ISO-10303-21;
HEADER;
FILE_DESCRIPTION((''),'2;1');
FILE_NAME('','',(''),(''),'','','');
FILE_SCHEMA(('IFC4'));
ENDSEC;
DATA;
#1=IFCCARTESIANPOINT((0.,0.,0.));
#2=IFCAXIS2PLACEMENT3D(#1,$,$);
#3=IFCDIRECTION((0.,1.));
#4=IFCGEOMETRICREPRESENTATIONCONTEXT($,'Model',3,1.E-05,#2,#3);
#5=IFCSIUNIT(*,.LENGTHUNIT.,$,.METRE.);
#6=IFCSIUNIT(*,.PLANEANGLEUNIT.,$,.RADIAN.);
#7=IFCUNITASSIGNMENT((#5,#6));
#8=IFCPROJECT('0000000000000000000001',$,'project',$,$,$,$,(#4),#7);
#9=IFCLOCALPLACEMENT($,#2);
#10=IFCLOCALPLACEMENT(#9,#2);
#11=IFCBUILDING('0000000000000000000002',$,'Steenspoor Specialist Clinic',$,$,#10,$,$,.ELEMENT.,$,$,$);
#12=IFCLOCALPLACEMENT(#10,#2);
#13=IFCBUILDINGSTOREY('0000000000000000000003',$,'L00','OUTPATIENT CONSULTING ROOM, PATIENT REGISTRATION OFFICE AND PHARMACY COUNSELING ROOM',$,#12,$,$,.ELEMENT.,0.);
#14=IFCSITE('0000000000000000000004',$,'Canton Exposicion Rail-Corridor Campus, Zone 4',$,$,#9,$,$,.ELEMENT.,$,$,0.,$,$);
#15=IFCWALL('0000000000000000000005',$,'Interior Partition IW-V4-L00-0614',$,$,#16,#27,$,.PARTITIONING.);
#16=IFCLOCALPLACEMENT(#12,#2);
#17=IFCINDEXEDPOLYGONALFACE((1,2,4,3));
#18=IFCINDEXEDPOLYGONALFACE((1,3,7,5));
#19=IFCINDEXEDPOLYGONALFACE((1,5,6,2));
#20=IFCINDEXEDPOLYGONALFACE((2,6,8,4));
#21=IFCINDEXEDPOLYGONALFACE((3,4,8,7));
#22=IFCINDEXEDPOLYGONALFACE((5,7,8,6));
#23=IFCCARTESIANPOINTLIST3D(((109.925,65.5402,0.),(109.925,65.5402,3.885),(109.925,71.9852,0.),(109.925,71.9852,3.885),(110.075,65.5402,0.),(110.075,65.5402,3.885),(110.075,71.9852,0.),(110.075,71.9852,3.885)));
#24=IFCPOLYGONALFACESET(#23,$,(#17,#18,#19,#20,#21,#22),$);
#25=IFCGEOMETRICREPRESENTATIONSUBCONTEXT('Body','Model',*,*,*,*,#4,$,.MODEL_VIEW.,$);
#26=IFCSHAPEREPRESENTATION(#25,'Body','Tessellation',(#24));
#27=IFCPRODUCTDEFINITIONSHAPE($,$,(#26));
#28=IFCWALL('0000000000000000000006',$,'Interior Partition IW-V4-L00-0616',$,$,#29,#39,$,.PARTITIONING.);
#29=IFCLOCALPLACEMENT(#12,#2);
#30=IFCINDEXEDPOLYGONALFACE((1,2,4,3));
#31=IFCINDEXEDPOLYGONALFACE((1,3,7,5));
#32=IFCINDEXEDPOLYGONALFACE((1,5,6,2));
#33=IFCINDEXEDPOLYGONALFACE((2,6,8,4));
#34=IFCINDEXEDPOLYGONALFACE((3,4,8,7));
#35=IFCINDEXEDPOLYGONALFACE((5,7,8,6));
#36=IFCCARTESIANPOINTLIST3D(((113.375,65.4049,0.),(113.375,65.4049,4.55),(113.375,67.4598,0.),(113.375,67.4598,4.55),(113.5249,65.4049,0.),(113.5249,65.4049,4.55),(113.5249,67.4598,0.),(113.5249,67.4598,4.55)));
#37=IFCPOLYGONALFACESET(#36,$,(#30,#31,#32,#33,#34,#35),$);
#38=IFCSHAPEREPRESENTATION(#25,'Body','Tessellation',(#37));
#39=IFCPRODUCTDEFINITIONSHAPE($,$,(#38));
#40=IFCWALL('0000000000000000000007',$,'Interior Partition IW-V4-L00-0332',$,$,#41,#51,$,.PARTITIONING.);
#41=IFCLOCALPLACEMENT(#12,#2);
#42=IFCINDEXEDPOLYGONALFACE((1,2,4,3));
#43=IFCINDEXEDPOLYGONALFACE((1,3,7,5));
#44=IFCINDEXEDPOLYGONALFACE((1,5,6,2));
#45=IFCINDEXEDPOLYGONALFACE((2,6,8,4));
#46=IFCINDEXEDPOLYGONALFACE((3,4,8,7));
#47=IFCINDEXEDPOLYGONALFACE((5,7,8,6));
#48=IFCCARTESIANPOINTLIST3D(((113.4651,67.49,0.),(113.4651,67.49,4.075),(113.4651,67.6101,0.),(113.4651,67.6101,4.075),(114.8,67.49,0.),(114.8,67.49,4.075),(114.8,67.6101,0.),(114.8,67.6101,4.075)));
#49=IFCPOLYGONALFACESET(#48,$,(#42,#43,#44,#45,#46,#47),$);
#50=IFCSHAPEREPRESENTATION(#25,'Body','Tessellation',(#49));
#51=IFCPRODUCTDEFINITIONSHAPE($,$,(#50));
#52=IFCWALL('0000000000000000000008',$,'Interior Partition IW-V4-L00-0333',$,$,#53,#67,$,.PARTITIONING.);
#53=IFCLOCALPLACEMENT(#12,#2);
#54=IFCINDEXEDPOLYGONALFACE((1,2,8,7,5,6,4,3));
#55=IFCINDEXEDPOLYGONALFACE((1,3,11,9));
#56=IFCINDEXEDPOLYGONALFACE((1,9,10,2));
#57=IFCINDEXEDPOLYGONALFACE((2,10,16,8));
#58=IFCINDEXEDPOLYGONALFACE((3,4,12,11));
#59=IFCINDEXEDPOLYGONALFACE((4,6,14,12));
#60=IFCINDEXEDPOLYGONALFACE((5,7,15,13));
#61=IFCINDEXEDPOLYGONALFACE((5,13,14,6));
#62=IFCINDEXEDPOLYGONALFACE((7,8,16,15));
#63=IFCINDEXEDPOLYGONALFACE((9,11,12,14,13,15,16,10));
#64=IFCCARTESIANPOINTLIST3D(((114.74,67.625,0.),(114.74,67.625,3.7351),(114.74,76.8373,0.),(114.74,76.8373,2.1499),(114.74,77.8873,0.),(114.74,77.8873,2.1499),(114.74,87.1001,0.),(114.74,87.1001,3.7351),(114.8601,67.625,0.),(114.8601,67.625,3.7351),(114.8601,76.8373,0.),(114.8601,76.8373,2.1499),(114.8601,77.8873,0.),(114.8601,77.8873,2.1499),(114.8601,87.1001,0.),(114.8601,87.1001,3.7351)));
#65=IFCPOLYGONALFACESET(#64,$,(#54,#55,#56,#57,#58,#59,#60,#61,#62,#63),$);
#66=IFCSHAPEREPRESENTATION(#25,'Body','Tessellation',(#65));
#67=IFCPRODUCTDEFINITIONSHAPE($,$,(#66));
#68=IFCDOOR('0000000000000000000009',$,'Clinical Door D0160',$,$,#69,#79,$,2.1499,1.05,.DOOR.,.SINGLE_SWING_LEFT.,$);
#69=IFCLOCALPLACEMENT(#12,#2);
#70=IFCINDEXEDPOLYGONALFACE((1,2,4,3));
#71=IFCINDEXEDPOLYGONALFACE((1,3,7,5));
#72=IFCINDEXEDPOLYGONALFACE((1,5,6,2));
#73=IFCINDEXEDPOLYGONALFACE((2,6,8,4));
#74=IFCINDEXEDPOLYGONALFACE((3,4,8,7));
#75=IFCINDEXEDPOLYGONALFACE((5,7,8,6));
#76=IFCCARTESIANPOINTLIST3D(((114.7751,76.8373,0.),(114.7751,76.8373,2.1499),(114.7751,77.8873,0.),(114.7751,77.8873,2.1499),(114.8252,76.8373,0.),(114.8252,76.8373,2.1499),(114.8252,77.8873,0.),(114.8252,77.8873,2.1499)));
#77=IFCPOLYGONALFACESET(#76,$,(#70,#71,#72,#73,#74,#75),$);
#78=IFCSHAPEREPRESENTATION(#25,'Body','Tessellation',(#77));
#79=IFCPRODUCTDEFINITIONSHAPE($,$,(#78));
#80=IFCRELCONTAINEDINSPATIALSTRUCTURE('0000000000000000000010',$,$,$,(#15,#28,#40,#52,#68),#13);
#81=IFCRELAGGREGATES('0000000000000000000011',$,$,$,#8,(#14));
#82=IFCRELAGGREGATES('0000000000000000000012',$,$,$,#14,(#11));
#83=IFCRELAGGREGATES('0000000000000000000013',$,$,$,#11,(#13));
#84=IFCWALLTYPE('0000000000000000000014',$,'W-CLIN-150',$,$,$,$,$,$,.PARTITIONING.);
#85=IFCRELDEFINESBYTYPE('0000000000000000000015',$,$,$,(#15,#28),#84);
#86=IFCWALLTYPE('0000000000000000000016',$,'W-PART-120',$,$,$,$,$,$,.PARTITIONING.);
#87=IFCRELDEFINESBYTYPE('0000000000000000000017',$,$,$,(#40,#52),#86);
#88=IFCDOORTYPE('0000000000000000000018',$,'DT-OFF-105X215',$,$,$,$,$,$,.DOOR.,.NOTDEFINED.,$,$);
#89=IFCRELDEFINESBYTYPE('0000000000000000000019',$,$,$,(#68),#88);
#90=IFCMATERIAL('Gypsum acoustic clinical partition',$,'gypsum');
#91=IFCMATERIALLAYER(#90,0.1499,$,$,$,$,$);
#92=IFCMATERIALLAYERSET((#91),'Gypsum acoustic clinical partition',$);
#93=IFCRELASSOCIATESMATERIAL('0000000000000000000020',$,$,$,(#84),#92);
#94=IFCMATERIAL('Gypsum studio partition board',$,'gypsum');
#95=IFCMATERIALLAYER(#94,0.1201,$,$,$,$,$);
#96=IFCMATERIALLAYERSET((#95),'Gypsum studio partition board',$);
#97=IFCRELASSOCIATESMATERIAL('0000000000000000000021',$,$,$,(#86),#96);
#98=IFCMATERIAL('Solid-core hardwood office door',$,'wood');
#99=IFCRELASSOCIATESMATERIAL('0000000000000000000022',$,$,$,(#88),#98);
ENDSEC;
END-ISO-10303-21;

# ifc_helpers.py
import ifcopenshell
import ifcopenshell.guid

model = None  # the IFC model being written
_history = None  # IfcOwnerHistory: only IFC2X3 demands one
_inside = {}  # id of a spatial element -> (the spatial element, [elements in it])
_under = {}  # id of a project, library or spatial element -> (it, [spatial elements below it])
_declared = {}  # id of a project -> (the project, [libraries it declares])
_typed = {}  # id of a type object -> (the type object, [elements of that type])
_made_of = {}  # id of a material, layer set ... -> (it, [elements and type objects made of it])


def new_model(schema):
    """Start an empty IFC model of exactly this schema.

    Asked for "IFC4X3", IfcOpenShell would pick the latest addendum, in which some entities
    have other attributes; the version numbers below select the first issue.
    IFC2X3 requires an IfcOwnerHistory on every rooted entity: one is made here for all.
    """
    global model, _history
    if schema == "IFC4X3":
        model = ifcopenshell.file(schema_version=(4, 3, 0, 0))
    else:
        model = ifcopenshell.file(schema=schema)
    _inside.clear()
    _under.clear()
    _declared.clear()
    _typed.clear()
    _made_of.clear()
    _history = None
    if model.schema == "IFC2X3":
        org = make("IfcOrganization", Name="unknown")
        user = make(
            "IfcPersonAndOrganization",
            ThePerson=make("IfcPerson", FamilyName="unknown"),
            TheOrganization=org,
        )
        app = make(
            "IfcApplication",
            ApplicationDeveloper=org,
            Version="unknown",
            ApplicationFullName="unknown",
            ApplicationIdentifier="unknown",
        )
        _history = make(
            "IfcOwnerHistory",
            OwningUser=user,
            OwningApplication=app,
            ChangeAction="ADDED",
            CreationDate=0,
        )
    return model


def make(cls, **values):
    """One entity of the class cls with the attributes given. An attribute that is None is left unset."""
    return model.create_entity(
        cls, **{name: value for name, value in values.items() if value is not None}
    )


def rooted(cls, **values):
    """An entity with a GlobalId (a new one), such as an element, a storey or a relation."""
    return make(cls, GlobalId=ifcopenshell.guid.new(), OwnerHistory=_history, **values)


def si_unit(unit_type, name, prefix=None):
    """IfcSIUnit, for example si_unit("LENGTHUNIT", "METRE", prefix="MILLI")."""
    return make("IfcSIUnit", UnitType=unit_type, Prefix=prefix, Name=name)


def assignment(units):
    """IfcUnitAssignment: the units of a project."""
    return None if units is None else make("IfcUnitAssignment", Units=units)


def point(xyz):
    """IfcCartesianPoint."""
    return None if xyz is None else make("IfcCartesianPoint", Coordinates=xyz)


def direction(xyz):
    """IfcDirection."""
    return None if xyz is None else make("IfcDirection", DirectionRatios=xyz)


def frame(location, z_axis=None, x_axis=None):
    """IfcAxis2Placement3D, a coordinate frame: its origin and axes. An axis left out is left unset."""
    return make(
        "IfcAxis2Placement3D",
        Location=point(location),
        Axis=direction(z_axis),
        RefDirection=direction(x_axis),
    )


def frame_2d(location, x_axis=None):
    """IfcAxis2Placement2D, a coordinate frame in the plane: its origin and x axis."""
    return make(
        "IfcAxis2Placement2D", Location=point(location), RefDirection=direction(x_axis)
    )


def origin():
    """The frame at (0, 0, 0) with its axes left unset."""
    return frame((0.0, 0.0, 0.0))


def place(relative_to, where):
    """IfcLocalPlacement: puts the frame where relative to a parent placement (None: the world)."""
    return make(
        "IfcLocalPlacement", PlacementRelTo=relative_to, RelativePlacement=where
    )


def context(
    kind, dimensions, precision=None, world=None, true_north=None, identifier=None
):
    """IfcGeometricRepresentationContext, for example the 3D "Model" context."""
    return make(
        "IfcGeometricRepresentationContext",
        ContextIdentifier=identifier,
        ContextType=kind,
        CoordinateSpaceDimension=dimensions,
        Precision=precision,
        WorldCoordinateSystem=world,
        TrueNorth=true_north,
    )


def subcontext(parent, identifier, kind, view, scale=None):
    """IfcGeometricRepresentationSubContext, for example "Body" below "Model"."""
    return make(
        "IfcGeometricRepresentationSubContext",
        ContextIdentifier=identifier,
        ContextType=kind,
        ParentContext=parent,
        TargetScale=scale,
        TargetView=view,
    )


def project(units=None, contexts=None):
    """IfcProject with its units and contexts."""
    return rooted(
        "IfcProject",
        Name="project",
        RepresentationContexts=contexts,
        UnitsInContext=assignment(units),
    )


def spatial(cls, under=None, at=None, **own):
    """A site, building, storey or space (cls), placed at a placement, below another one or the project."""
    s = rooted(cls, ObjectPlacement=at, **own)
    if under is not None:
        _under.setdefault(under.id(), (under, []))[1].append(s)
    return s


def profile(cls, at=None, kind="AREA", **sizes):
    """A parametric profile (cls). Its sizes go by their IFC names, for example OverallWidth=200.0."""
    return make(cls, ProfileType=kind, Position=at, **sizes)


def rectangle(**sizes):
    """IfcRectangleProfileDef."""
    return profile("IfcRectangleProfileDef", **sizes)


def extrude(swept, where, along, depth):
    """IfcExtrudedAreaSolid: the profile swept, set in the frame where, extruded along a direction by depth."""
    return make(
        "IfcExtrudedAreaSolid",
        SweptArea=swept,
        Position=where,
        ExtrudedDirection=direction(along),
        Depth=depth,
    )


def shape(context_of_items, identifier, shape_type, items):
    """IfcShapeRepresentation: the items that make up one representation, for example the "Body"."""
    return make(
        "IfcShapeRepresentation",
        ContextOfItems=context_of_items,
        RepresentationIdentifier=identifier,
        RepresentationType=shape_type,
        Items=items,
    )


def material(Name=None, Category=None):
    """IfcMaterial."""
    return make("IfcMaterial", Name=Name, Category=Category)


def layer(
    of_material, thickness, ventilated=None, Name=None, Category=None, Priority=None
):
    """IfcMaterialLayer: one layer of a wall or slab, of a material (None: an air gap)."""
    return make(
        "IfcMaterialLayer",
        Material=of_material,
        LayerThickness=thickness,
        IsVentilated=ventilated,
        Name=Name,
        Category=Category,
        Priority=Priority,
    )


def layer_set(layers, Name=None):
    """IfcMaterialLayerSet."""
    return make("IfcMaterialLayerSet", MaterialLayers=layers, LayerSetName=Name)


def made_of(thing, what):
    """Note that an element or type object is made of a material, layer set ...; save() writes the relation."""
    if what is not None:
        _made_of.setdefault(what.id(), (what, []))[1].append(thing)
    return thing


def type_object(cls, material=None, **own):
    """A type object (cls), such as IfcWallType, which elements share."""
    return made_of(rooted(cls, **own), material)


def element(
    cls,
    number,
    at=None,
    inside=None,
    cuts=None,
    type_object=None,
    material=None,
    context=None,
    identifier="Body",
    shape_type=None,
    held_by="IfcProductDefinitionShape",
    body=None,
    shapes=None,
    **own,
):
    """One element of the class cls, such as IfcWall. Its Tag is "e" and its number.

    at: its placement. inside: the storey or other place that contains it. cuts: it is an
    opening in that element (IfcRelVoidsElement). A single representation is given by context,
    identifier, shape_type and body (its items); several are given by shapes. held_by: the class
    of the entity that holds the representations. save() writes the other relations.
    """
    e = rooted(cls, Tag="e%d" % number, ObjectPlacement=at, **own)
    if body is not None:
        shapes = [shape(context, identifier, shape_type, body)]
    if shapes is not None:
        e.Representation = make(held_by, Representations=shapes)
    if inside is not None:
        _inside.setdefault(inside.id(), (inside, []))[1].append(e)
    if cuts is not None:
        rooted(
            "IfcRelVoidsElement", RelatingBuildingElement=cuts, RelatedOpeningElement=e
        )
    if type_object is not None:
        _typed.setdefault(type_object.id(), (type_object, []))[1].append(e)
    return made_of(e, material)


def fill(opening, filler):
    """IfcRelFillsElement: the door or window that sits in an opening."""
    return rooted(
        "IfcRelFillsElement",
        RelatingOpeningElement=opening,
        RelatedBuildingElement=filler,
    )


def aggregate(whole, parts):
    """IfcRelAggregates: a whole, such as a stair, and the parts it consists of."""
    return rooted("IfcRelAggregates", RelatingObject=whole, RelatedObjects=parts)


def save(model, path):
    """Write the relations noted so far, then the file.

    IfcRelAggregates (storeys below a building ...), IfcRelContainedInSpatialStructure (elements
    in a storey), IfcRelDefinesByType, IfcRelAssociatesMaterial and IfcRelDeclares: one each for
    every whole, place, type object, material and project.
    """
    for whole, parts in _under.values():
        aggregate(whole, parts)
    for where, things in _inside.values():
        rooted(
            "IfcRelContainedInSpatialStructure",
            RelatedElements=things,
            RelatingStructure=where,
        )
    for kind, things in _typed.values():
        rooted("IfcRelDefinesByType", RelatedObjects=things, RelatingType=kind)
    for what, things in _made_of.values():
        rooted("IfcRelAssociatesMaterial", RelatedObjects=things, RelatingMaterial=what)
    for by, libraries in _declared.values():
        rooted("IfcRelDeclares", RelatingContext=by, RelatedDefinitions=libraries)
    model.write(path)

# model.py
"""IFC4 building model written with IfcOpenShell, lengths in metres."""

from ifc_helpers import new_model, si_unit, direction, frame, frame_2d, origin, place, context, subcontext, project, spatial, rectangle, extrude, material, layer, layer_set, type_object, element, fill, save


model = new_model("IFC4")

# Units and contexts
model_context = context("Model", 3, precision=1e-05, world=origin(), true_north=direction((0.0, 1.0)))
body_context = subcontext(model_context, "Body", "Model", "MODEL_VIEW")
ifc_project = project(units=[si_unit("LENGTHUNIT", "METRE"), si_unit("PLANEANGLEUNIT", "RADIAN")], contexts=[model_context])

# Site, building, storey
site_placement = place(None, origin())
site = spatial("IfcSite", under=ifc_project, at=site_placement, Name="Canton Exposicion Rail-Corridor Campus, Zone 4", CompositionType="ELEMENT", RefElevation=0.0)
building_placement = place(site_placement, origin())
building = spatial("IfcBuilding", under=site, at=building_placement, Name="Steenspoor Specialist Clinic", CompositionType="ELEMENT")
storey_placement = place(building_placement, origin())
storey = spatial("IfcBuildingStorey", under=building, at=storey_placement, Name="L00", Description="OUTPATIENT CONSULTING ROOM, PATIENT REGISTRATION OFFICE AND PHARMACY COUNSELING ROOM", CompositionType="ELEMENT", Elevation=0.0)

# Shared definitions
ifc_material_1 = material(Name="Gypsum acoustic clinical partition", Category="gypsum")
ifc_layer_1 = layer(ifc_material_1, 0.1499)
ifc_layer_set_1 = layer_set([ifc_layer_1], Name="Gypsum acoustic clinical partition")
wall_type_1 = type_object("IfcWallType", Name="W-CLIN-150", PredefinedType="PARTITIONING", material=ifc_layer_set_1)

# Walls
wall_1_placement = place(storey_placement, frame((110.0, 65.54, 0.0), z_axis=(0.0, 0.0, 1.0), x_axis=(0.0, 1.0, 0.0)))
element("IfcWall", 1, at=wall_1_placement, inside=storey, type_object=wall_type_1, Name="Interior Partition IW-V4-L00-0614", PredefinedType="PARTITIONING", context=body_context, shape_type="SweptSolid", body=[
    extrude(rectangle(XDim=6.4451, YDim=0.1499, at=frame_2d((3.2227, 0.0))), origin(), (0.0, 0.0, 1.0), 3.885),
])
wall_2_placement = place(storey_placement, frame((113.45, 65.405, 0.0), z_axis=(0.0, 0.0, 1.0), x_axis=(0.0, 1.0, 0.0)))
element("IfcWall", 2, at=wall_2_placement, inside=storey, type_object=wall_type_1, Name="Interior Partition IW-V4-L00-0616", PredefinedType="PARTITIONING", context=body_context, shape_type="SweptSolid", body=[
    extrude(rectangle(XDim=2.0549, YDim=0.1499, at=frame_2d((1.0273, 0.0))), origin(), (0.0, 0.0, 1.0), 4.55),
])
ifc_material_2 = material(Name="Gypsum studio partition board", Category="gypsum")
ifc_layer_2 = layer(ifc_material_2, 0.1201)
ifc_layer_set_2 = layer_set([ifc_layer_2], Name="Gypsum studio partition board")
wall_type_2 = type_object("IfcWallType", Name="W-PART-120", PredefinedType="PARTITIONING", material=ifc_layer_set_2)
wall_3_placement = place(storey_placement, frame((113.4651, 67.55, 0.0), z_axis=(0.0, 0.0, 1.0), x_axis=(1.0, 0.0, 0.0)))
element("IfcWall", 3, at=wall_3_placement, inside=storey, type_object=wall_type_2, Name="Interior Partition IW-V4-L00-0332", PredefinedType="PARTITIONING", context=body_context, shape_type="SweptSolid", body=[
    extrude(rectangle(XDim=1.335, YDim=0.1201, at=frame_2d((0.6675, 0.0))), origin(), (0.0, 0.0, 1.0), 4.075),
])

# Wall, opening, door
wall_4_placement = place(storey_placement, frame((114.8, 67.625, 0.0), z_axis=(0.0, 0.0, 1.0), x_axis=(0.0, 1.0, 0.0)))
wall_4 = element("IfcWall", 4, at=wall_4_placement, inside=storey, type_object=wall_type_2, Name="Interior Partition IW-V4-L00-0333", PredefinedType="PARTITIONING", context=body_context, shape_type="SweptSolid", body=[
    extrude(rectangle(XDim=19.4751, YDim=0.1201, at=frame_2d((9.7375, 0.0))), origin(), (0.0, 0.0, 1.0), 3.7351),
])
opening_1_placement = place(wall_4_placement, frame((9.2124, 0.0, 0.0)))
opening_1 = element("IfcOpeningElement", 5, at=opening_1_placement, cuts=wall_4, PredefinedType="OPENING", context=body_context, shape_type="SweptSolid", body=[
    extrude(rectangle(XDim=1.05, YDim=2.1499, at=frame_2d((0.5249, 1.075))), frame((0.0, 0.0701, 0.0), z_axis=(0.0, -1.0, 0.0), x_axis=(1.0, 0.0, 0.0)), (0.0, 0.0, 1.0), 0.1401),
])
ifc_material_3 = material(Name="Solid-core hardwood office door", Category="wood")
door_type_1 = type_object("IfcDoorType", Name="DT-OFF-105X215", OperationType="NOTDEFINED", PredefinedType="DOOR", material=ifc_material_3)
door_1_placement = place(opening_1_placement, origin())
door_1 = element("IfcDoor", 6, at=door_1_placement, inside=storey, type_object=door_type_1, Name="Clinical Door D0160", OperationType="SINGLE_SWING_LEFT", OverallHeight=2.1499, OverallWidth=1.05, PredefinedType="DOOR", context=body_context, shape_type="SweptSolid", body=[
    extrude(rectangle(XDim=1.05, YDim=2.1499, at=frame_2d((0.5249, 1.075))), frame((0.0, 0.0249, 0.0), z_axis=(0.0, -1.0, 0.0), x_axis=(1.0, 0.0, 0.0)), (0.0, 0.0, 1.0), 0.05),
])
fill(opening_1, door_1)

save(model, "model.ifc")
